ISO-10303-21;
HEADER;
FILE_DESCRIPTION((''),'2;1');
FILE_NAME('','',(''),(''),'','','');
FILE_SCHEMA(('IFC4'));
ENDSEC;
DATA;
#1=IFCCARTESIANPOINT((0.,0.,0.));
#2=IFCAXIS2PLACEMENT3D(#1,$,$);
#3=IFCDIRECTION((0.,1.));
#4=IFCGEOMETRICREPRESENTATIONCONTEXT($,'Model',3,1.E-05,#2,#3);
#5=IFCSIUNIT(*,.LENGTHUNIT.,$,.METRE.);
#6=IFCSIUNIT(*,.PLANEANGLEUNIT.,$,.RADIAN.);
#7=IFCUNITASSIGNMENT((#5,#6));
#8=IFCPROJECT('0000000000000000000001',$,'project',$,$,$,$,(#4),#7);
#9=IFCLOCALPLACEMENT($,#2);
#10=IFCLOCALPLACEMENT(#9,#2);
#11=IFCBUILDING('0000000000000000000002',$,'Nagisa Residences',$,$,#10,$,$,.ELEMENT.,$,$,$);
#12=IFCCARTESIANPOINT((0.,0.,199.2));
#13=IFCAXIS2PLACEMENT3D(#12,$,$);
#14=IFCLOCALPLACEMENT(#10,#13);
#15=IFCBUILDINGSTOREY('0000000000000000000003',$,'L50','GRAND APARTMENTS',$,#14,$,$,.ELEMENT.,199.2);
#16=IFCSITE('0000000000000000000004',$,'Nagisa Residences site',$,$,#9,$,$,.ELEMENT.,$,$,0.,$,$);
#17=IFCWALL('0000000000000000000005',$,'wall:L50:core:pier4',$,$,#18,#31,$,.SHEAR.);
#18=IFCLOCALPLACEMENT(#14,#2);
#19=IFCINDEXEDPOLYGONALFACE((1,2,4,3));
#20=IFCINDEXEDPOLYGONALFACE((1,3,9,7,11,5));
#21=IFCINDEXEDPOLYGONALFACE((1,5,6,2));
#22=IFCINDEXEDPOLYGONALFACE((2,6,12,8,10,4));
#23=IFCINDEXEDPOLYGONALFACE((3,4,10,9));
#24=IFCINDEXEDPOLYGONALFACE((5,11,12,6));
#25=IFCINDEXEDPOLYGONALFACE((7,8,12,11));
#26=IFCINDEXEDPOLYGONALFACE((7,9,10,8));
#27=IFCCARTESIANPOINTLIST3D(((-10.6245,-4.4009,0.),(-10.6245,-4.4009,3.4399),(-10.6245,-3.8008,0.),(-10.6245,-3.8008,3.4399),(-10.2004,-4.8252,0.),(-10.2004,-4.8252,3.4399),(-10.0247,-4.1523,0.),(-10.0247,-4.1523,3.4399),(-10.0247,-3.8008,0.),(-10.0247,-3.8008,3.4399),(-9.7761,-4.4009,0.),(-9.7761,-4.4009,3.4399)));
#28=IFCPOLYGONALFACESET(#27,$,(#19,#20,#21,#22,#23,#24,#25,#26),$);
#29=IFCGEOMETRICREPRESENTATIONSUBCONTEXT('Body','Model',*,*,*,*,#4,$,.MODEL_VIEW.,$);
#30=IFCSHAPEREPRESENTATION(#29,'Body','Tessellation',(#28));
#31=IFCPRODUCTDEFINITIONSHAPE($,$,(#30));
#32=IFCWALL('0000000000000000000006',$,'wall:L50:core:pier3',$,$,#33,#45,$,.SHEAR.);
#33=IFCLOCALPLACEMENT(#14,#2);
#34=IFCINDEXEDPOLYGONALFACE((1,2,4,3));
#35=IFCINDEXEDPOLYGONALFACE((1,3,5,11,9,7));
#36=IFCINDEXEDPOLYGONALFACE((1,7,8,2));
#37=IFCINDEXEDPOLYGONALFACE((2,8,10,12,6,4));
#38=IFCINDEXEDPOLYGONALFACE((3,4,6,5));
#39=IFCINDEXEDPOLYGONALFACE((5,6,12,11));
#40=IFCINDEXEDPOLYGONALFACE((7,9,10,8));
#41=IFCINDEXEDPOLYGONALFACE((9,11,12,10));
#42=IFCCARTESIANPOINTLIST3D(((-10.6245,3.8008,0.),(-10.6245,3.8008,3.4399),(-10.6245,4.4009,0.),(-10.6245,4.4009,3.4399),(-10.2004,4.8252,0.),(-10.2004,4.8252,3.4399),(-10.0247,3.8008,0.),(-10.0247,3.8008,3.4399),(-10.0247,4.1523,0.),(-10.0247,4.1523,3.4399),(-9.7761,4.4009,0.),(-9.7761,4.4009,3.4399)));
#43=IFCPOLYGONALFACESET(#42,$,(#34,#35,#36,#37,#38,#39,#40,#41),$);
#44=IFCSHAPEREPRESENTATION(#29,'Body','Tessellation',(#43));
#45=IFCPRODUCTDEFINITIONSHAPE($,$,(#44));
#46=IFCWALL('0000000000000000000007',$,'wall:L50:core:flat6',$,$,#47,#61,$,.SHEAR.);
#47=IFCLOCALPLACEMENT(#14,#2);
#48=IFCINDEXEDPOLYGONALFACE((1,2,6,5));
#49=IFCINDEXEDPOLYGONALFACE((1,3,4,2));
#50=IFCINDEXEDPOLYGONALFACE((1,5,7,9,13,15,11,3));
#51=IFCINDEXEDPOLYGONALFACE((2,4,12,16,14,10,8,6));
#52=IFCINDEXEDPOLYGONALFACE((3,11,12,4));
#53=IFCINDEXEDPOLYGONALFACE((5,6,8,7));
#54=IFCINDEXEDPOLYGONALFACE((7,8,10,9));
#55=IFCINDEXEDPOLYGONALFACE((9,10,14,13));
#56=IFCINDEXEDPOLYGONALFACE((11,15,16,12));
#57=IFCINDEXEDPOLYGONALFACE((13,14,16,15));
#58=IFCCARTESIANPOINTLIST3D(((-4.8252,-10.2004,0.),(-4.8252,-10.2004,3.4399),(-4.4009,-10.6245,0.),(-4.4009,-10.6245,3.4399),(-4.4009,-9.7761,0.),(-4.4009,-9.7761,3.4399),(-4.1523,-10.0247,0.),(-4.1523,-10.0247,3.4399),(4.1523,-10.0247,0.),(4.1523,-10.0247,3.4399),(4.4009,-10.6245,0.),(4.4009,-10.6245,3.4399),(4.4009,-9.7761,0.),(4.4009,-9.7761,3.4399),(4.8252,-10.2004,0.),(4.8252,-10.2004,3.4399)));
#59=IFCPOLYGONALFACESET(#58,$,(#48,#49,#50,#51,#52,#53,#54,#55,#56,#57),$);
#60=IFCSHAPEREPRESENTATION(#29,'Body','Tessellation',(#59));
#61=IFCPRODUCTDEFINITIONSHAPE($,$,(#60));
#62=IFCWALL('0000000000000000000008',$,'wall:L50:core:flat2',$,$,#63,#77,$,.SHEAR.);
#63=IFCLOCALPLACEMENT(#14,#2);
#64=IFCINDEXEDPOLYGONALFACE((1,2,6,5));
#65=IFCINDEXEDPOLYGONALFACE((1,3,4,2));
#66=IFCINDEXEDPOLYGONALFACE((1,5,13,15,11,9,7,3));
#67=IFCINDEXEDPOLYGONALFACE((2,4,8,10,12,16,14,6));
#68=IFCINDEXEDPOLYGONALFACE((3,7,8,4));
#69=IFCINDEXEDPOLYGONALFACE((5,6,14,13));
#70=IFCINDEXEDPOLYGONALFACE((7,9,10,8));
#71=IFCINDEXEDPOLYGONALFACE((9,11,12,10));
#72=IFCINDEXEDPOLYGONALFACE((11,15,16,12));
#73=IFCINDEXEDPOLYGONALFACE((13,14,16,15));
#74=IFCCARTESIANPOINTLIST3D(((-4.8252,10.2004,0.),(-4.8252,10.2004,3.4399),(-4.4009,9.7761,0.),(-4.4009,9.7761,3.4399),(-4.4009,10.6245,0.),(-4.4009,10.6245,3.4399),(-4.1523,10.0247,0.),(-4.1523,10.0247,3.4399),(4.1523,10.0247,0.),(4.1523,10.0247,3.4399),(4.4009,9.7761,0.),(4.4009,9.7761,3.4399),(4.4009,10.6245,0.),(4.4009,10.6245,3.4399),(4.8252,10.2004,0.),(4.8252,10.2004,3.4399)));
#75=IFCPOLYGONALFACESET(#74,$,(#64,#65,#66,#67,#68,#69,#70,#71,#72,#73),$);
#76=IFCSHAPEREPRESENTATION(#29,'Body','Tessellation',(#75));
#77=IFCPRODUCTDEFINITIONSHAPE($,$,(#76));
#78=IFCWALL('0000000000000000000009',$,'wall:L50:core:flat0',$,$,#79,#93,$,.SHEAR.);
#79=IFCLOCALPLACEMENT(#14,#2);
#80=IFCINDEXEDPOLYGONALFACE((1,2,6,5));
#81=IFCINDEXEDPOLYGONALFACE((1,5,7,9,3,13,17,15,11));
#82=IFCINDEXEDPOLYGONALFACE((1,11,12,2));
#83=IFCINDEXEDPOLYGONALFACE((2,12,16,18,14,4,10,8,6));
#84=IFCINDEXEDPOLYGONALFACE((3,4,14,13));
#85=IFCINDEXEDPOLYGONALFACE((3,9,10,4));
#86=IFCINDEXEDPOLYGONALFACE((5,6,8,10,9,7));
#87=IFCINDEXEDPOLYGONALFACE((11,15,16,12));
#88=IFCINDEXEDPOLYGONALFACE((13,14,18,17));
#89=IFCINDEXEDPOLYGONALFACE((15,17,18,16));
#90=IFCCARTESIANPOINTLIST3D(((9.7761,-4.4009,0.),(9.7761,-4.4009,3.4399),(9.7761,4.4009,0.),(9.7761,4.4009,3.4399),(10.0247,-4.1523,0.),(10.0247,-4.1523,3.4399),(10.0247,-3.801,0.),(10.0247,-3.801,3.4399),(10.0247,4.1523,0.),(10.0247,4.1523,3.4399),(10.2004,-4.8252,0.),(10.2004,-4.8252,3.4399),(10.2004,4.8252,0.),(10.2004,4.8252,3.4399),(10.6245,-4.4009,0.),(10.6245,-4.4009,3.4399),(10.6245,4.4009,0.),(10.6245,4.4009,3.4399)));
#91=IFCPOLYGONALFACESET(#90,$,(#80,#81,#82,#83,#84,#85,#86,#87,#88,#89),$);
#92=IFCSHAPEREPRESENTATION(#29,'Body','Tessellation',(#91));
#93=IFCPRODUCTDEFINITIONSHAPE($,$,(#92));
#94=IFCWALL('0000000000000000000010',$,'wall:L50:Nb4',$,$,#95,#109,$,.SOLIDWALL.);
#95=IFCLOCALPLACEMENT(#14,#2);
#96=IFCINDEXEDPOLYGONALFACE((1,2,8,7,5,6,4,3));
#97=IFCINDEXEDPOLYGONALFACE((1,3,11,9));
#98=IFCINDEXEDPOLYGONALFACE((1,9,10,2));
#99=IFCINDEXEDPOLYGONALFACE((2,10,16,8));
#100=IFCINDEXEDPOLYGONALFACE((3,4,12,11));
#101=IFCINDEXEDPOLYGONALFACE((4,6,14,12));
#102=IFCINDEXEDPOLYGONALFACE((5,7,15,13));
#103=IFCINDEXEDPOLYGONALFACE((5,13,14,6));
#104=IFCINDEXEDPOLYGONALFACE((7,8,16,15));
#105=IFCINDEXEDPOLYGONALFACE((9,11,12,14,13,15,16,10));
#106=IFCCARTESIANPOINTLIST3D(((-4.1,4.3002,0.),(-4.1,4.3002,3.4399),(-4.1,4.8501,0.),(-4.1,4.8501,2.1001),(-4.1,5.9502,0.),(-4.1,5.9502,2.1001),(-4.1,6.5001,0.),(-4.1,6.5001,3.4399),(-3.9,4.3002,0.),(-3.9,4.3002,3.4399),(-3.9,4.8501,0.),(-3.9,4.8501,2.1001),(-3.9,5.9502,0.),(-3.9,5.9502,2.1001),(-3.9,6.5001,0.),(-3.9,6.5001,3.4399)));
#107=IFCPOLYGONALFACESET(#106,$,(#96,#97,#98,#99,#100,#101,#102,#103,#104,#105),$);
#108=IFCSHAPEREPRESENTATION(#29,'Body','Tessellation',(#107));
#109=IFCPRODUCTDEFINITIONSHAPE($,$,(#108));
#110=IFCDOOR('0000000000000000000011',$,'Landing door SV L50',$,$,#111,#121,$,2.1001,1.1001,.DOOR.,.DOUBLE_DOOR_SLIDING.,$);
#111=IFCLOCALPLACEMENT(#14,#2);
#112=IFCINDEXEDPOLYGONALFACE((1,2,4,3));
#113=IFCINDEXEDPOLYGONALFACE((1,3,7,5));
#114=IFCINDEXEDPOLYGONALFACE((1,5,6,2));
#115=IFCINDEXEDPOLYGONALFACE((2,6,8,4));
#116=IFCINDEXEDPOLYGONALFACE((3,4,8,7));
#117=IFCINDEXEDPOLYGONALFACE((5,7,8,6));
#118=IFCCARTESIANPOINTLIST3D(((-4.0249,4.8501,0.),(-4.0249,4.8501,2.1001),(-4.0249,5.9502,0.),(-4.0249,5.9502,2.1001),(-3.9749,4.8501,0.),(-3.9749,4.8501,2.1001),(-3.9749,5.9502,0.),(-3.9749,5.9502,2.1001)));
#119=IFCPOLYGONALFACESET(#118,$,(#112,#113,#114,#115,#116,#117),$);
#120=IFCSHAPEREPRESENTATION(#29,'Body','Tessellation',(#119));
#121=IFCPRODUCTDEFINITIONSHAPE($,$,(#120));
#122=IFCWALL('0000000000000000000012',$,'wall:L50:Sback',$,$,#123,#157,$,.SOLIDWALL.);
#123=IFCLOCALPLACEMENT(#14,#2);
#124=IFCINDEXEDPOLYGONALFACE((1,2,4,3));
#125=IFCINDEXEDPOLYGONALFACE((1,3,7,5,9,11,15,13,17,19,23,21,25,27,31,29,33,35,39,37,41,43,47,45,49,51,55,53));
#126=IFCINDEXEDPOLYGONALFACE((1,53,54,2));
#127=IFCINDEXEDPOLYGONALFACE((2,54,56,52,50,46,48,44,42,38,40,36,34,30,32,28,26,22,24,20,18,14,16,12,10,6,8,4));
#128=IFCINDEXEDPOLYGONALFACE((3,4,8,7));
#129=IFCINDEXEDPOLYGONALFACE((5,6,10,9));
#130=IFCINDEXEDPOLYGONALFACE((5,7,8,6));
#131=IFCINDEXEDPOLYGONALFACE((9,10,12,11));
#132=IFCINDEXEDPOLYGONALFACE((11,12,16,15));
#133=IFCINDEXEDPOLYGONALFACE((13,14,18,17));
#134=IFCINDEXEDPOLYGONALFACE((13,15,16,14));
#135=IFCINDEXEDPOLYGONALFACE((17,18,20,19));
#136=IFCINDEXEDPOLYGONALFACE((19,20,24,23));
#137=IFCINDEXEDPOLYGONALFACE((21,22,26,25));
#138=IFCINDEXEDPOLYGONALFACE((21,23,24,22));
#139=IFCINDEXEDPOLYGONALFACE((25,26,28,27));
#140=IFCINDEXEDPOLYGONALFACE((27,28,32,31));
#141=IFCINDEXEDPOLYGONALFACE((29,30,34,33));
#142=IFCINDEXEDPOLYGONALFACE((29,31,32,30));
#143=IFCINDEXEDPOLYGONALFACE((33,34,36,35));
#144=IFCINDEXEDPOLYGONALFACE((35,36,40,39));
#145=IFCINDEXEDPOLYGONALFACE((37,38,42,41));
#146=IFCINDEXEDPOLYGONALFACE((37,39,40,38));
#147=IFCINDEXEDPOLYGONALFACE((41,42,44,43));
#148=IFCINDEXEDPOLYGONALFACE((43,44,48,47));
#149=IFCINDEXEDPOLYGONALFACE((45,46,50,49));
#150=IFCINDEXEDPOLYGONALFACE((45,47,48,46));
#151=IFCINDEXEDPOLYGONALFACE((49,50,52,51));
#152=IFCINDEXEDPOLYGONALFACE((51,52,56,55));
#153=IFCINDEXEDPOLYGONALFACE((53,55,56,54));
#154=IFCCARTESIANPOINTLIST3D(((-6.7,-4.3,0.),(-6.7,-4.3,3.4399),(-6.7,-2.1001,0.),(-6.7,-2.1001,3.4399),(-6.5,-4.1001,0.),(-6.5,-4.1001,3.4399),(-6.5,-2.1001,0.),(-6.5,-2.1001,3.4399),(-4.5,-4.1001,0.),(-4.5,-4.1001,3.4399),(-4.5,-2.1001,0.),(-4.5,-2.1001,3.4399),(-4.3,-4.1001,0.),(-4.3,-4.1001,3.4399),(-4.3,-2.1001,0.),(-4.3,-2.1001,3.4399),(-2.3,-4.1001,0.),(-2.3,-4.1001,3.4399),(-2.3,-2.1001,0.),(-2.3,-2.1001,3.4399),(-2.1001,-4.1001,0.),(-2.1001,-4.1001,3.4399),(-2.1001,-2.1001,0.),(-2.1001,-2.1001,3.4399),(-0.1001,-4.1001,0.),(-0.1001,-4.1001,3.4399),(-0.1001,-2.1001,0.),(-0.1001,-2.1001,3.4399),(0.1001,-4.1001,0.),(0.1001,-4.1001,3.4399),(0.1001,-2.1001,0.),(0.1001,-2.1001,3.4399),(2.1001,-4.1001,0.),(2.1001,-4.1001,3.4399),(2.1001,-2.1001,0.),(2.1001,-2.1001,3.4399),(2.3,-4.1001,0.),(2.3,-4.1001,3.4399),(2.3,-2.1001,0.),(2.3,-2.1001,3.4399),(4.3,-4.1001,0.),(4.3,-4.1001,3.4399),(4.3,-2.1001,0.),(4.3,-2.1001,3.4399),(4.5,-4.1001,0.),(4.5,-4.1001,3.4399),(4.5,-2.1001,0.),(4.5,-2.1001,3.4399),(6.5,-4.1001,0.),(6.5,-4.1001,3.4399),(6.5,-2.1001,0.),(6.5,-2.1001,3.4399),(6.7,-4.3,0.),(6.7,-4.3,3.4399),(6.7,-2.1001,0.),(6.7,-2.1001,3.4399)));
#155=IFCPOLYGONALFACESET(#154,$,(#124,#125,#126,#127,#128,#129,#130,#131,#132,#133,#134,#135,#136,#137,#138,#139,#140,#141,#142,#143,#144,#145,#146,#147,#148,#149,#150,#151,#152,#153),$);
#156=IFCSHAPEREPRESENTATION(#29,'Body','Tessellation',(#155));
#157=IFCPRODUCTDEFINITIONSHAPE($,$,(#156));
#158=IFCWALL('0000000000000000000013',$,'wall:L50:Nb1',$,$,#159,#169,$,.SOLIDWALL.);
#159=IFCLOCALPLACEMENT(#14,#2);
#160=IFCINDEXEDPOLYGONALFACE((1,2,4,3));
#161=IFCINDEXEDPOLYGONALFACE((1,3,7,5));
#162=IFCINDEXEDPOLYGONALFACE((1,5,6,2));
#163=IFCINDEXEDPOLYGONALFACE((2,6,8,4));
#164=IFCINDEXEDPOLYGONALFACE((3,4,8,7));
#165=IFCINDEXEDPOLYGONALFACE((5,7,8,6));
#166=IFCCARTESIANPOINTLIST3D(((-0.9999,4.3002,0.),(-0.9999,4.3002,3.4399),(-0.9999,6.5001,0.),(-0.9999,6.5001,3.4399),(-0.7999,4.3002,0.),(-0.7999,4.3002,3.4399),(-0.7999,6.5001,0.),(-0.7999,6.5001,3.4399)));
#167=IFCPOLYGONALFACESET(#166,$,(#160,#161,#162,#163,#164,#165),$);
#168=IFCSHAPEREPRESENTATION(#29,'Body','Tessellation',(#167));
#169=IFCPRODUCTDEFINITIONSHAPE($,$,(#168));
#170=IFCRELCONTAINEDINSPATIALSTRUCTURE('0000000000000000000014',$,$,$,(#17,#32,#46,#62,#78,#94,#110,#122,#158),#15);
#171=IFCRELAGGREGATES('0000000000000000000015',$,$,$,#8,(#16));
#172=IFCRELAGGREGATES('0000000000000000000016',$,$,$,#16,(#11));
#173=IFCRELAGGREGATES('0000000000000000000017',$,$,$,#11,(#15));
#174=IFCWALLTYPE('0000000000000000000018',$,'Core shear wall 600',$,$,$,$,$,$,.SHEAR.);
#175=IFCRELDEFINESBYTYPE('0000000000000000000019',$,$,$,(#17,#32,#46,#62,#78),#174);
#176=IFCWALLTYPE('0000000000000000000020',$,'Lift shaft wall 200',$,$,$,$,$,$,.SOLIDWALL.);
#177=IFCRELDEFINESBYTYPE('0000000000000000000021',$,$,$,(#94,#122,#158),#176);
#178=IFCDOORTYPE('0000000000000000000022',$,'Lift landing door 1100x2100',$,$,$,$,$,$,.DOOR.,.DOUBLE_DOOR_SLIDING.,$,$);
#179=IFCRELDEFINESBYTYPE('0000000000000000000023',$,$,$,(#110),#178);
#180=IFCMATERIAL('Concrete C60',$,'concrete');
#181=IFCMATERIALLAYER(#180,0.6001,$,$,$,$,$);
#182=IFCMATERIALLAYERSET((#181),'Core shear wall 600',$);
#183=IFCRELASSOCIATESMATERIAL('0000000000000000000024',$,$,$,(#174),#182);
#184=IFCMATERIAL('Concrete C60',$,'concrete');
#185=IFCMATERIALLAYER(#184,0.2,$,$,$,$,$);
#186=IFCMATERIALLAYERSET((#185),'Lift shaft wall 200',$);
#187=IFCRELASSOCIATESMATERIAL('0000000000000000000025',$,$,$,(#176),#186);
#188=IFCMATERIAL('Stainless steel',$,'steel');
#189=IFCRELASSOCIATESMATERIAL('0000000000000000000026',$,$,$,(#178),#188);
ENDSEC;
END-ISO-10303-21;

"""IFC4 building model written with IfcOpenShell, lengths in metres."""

from ifc_helpers import new_model, si_unit, direction, frame, frame_2d, origin, place, context, subcontext, project, spatial, polyline, rectangle, outline, extrude, material, layer, layer_set, type_object, element, fill, save


model = new_model("IFC4")

# Units and contexts
model_context = context("Model", 3, precision=1e-05, world=origin(), true_north=direction((0.0, 1.0)))
body_context = subcontext(model_context, "Body", "Model", "MODEL_VIEW")
ifc_project = project(units=[si_unit("LENGTHUNIT", "METRE"), si_unit("PLANEANGLEUNIT", "RADIAN")], contexts=[model_context])

# Site, building, storey
site_placement = place(None, origin())
site = spatial("IfcSite", under=ifc_project, at=site_placement, Name="Nagisa Residences site", CompositionType="ELEMENT", RefElevation=0.0)
building_placement = place(site_placement, origin())
building = spatial("IfcBuilding", under=site, at=building_placement, Name="Nagisa Residences", CompositionType="ELEMENT")
storey_placement = place(building_placement, frame((0.0, 0.0, 199.2)))
storey = spatial("IfcBuildingStorey", under=building, at=storey_placement, Name="L50", Description="GRAND APARTMENTS", CompositionType="ELEMENT", Elevation=199.2)

# Shared definitions
ifc_material_1 = material(Name="Concrete C60", Category="concrete")
ifc_layer_1 = layer(ifc_material_1, 0.6001)
ifc_layer_set_1 = layer_set([ifc_layer_1], Name="Core shear wall 600")
wall_type_1 = type_object("IfcWallType", Name="Core shear wall 600", PredefinedType="SHEAR", material=ifc_layer_set_1)

# Walls
wall_1_placement = place(storey_placement, origin())
element("IfcWall", 1, at=wall_1_placement, inside=storey, type_object=wall_type_1, Name="wall:L50:core:pier4", PredefinedType="SHEAR", context=body_context, shape_type="SweptSolid", body=[
    extrude(outline(polyline([(-10.6245, -3.8008), (-10.0247, -3.8008), (-10.0247, -4.1523), (-9.7761, -4.4009), (-10.2004, -4.8252), (-10.6245, -4.4009), (-10.6245, -3.8008)])), origin(), (0.0, 0.0, 1.0), 3.4399),
])
wall_2_placement = place(storey_placement, origin())
element("IfcWall", 2, at=wall_2_placement, inside=storey, type_object=wall_type_1, Name="wall:L50:core:pier3", PredefinedType="SHEAR", context=body_context, shape_type="SweptSolid", body=[
    extrude(outline(polyline([(-10.2004, 4.8252), (-9.7761, 4.4009), (-10.0247, 4.1523), (-10.0247, 3.8008), (-10.6245, 3.8008), (-10.6245, 4.4009), (-10.2004, 4.8252)])), origin(), (0.0, 0.0, 1.0), 3.4399),
])
wall_3_placement = place(storey_placement, origin())
element("IfcWall", 3, at=wall_3_placement, inside=storey, type_object=wall_type_1, Name="wall:L50:core:flat6", PredefinedType="SHEAR", context=body_context, shape_type="SweptSolid", body=[
    extrude(outline(polyline([(-4.1523, -10.0247), (4.1523, -10.0247), (4.4009, -9.7761), (4.8252, -10.2004), (4.4009, -10.6245), (-4.4009, -10.6245), (-4.8252, -10.2004), (-4.4009, -9.7761), (-4.1523, -10.0247)])), origin(), (0.0, 0.0, 1.0), 3.4399),
])
wall_4_placement = place(storey_placement, origin())
element("IfcWall", 4, at=wall_4_placement, inside=storey, type_object=wall_type_1, Name="wall:L50:core:flat2", PredefinedType="SHEAR", context=body_context, shape_type="SweptSolid", body=[
    extrude(outline(polyline([(-4.1523, 10.0247), (-4.4009, 9.7761), (-4.8252, 10.2004), (-4.4009, 10.6245), (4.4009, 10.6245), (4.8252, 10.2004), (4.4009, 9.7761), (4.1523, 10.0247), (-4.1523, 10.0247)])), origin(), (0.0, 0.0, 1.0), 3.4399),
])
wall_5_placement = place(storey_placement, origin())
element("IfcWall", 5, at=wall_5_placement, inside=storey, type_object=wall_type_1, Name="wall:L50:core:flat0", PredefinedType="SHEAR", context=body_context, shape_type="SweptSolid", body=[
    extrude(outline(polyline([(9.7761, -4.4009), (10.0247, -4.1523), (10.0247, -3.801), (10.0247, 4.1523), (9.7761, 4.4009), (10.2004, 4.8252), (10.6245, 4.4009), (10.6245, -4.4009), (10.2004, -4.8252), (9.7761, -4.4009)])), origin(), (0.0, 0.0, 1.0), 3.4399),
])

# Wall, opening, door
ifc_material_2 = material(Name="Concrete C60", Category="concrete")
ifc_layer_2 = layer(ifc_material_2, 0.2)
ifc_layer_set_2 = layer_set([ifc_layer_2], Name="Lift shaft wall 200")
wall_type_2 = type_object("IfcWallType", Name="Lift shaft wall 200", PredefinedType="SOLIDWALL", material=ifc_layer_set_2)
wall_6_placement = place(storey_placement, frame((-4.0, 4.3, 0.0), z_axis=(0.0, 0.0, 1.0), x_axis=(0.0, 1.0, 0.0)))
wall_6 = element("IfcWall", 6, at=wall_6_placement, inside=storey, type_object=wall_type_2, Name="wall:L50:Nb4", PredefinedType="SOLIDWALL", context=body_context, shape_type="SweptSolid", body=[
    extrude(rectangle(XDim=2.2, YDim=0.2, at=frame_2d((1.1001, 0.0))), origin(), (0.0, 0.0, 1.0), 3.4399),
])
opening_1_placement = place(wall_6_placement, frame((0.55, 0.0, 0.0)))
opening_1 = element("IfcOpeningElement", 7, at=opening_1_placement, cuts=wall_6, PredefinedType="OPENING", context=body_context, shape_type="SweptSolid", body=[
    extrude(rectangle(XDim=1.1001, YDim=2.1001, at=frame_2d((0.55, 1.05))), frame((0.0, 0.1099, 0.0), z_axis=(0.0, -1.0, 0.0), x_axis=(1.0, 0.0, 0.0)), (0.0, 0.0, 1.0), 0.22),
])
ifc_material_3 = material(Name="Stainless steel", Category="steel")
door_type_1 = type_object("IfcDoorType", Name="Lift landing door 1100x2100", OperationType="DOUBLE_DOOR_SLIDING", PredefinedType="DOOR", material=ifc_material_3)
door_1_placement = place(opening_1_placement, origin())
door_1 = element("IfcDoor", 8, at=door_1_placement, inside=storey, type_object=door_type_1, Name="Landing door SV L50", OperationType="DOUBLE_DOOR_SLIDING", OverallHeight=2.1001, OverallWidth=1.1001, PredefinedType="DOOR", context=body_context, shape_type="SweptSolid", body=[
    extrude(rectangle(XDim=1.1001, YDim=2.1001, at=frame_2d((0.55, 1.05))), frame((0.0, 0.0249, 0.0), z_axis=(0.0, -1.0, 0.0), x_axis=(1.0, 0.0, 0.0)), (0.0, 0.0, 1.0), 0.05),
])
fill(opening_1, door_1)

# Walls
wall_7_placement = place(storey_placement, origin())
element("IfcWall", 9, at=wall_7_placement, inside=storey, type_object=wall_type_2, Name="wall:L50:Sback", PredefinedType="SOLIDWALL", context=body_context, shape_type="SweptSolid", body=[
    extrude(outline(polyline([(-6.7, -2.1001), (-6.5, -2.1001), (-6.5, -4.1001), (-4.5, -4.1001), (-4.5, -2.1001), (-4.3, -2.1001), (-4.3, -4.1001), (-2.3, -4.1001), (-2.3, -2.1001), (-2.1001, -2.1001), (-2.1001, -4.1001), (-0.1001, -4.1001), (-0.1001, -2.1001), (0.1001, -2.1001), (0.1001, -4.1001), (2.1001, -4.1001), (2.1001, -2.1001), (2.3, -2.1001), (2.3, -4.1001), (4.3, -4.1001), (4.3, -2.1001), (4.5, -2.1001), (4.5, -4.1001), (6.5, -4.1001), (6.5, -2.1001), (6.7, -2.1001), (6.7, -4.3), (-6.7, -4.3), (-6.7, -2.1001)])), origin(), (0.0, 0.0, 1.0), 3.4399),
])
wall_8_placement = place(storey_placement, frame((-0.8999, 4.3, 0.0), z_axis=(0.0, 0.0, 1.0), x_axis=(0.0, 1.0, 0.0)))
element("IfcWall", 10, at=wall_8_placement, inside=storey, type_object=wall_type_2, Name="wall:L50:Nb1", PredefinedType="SOLIDWALL", context=body_context, shape_type="SweptSolid", body=[
    extrude(rectangle(XDim=2.2, YDim=0.2, at=frame_2d((1.1001, 0.0))), origin(), (0.0, 0.0, 1.0), 3.4399),
])

save(model, "model.ifc")
